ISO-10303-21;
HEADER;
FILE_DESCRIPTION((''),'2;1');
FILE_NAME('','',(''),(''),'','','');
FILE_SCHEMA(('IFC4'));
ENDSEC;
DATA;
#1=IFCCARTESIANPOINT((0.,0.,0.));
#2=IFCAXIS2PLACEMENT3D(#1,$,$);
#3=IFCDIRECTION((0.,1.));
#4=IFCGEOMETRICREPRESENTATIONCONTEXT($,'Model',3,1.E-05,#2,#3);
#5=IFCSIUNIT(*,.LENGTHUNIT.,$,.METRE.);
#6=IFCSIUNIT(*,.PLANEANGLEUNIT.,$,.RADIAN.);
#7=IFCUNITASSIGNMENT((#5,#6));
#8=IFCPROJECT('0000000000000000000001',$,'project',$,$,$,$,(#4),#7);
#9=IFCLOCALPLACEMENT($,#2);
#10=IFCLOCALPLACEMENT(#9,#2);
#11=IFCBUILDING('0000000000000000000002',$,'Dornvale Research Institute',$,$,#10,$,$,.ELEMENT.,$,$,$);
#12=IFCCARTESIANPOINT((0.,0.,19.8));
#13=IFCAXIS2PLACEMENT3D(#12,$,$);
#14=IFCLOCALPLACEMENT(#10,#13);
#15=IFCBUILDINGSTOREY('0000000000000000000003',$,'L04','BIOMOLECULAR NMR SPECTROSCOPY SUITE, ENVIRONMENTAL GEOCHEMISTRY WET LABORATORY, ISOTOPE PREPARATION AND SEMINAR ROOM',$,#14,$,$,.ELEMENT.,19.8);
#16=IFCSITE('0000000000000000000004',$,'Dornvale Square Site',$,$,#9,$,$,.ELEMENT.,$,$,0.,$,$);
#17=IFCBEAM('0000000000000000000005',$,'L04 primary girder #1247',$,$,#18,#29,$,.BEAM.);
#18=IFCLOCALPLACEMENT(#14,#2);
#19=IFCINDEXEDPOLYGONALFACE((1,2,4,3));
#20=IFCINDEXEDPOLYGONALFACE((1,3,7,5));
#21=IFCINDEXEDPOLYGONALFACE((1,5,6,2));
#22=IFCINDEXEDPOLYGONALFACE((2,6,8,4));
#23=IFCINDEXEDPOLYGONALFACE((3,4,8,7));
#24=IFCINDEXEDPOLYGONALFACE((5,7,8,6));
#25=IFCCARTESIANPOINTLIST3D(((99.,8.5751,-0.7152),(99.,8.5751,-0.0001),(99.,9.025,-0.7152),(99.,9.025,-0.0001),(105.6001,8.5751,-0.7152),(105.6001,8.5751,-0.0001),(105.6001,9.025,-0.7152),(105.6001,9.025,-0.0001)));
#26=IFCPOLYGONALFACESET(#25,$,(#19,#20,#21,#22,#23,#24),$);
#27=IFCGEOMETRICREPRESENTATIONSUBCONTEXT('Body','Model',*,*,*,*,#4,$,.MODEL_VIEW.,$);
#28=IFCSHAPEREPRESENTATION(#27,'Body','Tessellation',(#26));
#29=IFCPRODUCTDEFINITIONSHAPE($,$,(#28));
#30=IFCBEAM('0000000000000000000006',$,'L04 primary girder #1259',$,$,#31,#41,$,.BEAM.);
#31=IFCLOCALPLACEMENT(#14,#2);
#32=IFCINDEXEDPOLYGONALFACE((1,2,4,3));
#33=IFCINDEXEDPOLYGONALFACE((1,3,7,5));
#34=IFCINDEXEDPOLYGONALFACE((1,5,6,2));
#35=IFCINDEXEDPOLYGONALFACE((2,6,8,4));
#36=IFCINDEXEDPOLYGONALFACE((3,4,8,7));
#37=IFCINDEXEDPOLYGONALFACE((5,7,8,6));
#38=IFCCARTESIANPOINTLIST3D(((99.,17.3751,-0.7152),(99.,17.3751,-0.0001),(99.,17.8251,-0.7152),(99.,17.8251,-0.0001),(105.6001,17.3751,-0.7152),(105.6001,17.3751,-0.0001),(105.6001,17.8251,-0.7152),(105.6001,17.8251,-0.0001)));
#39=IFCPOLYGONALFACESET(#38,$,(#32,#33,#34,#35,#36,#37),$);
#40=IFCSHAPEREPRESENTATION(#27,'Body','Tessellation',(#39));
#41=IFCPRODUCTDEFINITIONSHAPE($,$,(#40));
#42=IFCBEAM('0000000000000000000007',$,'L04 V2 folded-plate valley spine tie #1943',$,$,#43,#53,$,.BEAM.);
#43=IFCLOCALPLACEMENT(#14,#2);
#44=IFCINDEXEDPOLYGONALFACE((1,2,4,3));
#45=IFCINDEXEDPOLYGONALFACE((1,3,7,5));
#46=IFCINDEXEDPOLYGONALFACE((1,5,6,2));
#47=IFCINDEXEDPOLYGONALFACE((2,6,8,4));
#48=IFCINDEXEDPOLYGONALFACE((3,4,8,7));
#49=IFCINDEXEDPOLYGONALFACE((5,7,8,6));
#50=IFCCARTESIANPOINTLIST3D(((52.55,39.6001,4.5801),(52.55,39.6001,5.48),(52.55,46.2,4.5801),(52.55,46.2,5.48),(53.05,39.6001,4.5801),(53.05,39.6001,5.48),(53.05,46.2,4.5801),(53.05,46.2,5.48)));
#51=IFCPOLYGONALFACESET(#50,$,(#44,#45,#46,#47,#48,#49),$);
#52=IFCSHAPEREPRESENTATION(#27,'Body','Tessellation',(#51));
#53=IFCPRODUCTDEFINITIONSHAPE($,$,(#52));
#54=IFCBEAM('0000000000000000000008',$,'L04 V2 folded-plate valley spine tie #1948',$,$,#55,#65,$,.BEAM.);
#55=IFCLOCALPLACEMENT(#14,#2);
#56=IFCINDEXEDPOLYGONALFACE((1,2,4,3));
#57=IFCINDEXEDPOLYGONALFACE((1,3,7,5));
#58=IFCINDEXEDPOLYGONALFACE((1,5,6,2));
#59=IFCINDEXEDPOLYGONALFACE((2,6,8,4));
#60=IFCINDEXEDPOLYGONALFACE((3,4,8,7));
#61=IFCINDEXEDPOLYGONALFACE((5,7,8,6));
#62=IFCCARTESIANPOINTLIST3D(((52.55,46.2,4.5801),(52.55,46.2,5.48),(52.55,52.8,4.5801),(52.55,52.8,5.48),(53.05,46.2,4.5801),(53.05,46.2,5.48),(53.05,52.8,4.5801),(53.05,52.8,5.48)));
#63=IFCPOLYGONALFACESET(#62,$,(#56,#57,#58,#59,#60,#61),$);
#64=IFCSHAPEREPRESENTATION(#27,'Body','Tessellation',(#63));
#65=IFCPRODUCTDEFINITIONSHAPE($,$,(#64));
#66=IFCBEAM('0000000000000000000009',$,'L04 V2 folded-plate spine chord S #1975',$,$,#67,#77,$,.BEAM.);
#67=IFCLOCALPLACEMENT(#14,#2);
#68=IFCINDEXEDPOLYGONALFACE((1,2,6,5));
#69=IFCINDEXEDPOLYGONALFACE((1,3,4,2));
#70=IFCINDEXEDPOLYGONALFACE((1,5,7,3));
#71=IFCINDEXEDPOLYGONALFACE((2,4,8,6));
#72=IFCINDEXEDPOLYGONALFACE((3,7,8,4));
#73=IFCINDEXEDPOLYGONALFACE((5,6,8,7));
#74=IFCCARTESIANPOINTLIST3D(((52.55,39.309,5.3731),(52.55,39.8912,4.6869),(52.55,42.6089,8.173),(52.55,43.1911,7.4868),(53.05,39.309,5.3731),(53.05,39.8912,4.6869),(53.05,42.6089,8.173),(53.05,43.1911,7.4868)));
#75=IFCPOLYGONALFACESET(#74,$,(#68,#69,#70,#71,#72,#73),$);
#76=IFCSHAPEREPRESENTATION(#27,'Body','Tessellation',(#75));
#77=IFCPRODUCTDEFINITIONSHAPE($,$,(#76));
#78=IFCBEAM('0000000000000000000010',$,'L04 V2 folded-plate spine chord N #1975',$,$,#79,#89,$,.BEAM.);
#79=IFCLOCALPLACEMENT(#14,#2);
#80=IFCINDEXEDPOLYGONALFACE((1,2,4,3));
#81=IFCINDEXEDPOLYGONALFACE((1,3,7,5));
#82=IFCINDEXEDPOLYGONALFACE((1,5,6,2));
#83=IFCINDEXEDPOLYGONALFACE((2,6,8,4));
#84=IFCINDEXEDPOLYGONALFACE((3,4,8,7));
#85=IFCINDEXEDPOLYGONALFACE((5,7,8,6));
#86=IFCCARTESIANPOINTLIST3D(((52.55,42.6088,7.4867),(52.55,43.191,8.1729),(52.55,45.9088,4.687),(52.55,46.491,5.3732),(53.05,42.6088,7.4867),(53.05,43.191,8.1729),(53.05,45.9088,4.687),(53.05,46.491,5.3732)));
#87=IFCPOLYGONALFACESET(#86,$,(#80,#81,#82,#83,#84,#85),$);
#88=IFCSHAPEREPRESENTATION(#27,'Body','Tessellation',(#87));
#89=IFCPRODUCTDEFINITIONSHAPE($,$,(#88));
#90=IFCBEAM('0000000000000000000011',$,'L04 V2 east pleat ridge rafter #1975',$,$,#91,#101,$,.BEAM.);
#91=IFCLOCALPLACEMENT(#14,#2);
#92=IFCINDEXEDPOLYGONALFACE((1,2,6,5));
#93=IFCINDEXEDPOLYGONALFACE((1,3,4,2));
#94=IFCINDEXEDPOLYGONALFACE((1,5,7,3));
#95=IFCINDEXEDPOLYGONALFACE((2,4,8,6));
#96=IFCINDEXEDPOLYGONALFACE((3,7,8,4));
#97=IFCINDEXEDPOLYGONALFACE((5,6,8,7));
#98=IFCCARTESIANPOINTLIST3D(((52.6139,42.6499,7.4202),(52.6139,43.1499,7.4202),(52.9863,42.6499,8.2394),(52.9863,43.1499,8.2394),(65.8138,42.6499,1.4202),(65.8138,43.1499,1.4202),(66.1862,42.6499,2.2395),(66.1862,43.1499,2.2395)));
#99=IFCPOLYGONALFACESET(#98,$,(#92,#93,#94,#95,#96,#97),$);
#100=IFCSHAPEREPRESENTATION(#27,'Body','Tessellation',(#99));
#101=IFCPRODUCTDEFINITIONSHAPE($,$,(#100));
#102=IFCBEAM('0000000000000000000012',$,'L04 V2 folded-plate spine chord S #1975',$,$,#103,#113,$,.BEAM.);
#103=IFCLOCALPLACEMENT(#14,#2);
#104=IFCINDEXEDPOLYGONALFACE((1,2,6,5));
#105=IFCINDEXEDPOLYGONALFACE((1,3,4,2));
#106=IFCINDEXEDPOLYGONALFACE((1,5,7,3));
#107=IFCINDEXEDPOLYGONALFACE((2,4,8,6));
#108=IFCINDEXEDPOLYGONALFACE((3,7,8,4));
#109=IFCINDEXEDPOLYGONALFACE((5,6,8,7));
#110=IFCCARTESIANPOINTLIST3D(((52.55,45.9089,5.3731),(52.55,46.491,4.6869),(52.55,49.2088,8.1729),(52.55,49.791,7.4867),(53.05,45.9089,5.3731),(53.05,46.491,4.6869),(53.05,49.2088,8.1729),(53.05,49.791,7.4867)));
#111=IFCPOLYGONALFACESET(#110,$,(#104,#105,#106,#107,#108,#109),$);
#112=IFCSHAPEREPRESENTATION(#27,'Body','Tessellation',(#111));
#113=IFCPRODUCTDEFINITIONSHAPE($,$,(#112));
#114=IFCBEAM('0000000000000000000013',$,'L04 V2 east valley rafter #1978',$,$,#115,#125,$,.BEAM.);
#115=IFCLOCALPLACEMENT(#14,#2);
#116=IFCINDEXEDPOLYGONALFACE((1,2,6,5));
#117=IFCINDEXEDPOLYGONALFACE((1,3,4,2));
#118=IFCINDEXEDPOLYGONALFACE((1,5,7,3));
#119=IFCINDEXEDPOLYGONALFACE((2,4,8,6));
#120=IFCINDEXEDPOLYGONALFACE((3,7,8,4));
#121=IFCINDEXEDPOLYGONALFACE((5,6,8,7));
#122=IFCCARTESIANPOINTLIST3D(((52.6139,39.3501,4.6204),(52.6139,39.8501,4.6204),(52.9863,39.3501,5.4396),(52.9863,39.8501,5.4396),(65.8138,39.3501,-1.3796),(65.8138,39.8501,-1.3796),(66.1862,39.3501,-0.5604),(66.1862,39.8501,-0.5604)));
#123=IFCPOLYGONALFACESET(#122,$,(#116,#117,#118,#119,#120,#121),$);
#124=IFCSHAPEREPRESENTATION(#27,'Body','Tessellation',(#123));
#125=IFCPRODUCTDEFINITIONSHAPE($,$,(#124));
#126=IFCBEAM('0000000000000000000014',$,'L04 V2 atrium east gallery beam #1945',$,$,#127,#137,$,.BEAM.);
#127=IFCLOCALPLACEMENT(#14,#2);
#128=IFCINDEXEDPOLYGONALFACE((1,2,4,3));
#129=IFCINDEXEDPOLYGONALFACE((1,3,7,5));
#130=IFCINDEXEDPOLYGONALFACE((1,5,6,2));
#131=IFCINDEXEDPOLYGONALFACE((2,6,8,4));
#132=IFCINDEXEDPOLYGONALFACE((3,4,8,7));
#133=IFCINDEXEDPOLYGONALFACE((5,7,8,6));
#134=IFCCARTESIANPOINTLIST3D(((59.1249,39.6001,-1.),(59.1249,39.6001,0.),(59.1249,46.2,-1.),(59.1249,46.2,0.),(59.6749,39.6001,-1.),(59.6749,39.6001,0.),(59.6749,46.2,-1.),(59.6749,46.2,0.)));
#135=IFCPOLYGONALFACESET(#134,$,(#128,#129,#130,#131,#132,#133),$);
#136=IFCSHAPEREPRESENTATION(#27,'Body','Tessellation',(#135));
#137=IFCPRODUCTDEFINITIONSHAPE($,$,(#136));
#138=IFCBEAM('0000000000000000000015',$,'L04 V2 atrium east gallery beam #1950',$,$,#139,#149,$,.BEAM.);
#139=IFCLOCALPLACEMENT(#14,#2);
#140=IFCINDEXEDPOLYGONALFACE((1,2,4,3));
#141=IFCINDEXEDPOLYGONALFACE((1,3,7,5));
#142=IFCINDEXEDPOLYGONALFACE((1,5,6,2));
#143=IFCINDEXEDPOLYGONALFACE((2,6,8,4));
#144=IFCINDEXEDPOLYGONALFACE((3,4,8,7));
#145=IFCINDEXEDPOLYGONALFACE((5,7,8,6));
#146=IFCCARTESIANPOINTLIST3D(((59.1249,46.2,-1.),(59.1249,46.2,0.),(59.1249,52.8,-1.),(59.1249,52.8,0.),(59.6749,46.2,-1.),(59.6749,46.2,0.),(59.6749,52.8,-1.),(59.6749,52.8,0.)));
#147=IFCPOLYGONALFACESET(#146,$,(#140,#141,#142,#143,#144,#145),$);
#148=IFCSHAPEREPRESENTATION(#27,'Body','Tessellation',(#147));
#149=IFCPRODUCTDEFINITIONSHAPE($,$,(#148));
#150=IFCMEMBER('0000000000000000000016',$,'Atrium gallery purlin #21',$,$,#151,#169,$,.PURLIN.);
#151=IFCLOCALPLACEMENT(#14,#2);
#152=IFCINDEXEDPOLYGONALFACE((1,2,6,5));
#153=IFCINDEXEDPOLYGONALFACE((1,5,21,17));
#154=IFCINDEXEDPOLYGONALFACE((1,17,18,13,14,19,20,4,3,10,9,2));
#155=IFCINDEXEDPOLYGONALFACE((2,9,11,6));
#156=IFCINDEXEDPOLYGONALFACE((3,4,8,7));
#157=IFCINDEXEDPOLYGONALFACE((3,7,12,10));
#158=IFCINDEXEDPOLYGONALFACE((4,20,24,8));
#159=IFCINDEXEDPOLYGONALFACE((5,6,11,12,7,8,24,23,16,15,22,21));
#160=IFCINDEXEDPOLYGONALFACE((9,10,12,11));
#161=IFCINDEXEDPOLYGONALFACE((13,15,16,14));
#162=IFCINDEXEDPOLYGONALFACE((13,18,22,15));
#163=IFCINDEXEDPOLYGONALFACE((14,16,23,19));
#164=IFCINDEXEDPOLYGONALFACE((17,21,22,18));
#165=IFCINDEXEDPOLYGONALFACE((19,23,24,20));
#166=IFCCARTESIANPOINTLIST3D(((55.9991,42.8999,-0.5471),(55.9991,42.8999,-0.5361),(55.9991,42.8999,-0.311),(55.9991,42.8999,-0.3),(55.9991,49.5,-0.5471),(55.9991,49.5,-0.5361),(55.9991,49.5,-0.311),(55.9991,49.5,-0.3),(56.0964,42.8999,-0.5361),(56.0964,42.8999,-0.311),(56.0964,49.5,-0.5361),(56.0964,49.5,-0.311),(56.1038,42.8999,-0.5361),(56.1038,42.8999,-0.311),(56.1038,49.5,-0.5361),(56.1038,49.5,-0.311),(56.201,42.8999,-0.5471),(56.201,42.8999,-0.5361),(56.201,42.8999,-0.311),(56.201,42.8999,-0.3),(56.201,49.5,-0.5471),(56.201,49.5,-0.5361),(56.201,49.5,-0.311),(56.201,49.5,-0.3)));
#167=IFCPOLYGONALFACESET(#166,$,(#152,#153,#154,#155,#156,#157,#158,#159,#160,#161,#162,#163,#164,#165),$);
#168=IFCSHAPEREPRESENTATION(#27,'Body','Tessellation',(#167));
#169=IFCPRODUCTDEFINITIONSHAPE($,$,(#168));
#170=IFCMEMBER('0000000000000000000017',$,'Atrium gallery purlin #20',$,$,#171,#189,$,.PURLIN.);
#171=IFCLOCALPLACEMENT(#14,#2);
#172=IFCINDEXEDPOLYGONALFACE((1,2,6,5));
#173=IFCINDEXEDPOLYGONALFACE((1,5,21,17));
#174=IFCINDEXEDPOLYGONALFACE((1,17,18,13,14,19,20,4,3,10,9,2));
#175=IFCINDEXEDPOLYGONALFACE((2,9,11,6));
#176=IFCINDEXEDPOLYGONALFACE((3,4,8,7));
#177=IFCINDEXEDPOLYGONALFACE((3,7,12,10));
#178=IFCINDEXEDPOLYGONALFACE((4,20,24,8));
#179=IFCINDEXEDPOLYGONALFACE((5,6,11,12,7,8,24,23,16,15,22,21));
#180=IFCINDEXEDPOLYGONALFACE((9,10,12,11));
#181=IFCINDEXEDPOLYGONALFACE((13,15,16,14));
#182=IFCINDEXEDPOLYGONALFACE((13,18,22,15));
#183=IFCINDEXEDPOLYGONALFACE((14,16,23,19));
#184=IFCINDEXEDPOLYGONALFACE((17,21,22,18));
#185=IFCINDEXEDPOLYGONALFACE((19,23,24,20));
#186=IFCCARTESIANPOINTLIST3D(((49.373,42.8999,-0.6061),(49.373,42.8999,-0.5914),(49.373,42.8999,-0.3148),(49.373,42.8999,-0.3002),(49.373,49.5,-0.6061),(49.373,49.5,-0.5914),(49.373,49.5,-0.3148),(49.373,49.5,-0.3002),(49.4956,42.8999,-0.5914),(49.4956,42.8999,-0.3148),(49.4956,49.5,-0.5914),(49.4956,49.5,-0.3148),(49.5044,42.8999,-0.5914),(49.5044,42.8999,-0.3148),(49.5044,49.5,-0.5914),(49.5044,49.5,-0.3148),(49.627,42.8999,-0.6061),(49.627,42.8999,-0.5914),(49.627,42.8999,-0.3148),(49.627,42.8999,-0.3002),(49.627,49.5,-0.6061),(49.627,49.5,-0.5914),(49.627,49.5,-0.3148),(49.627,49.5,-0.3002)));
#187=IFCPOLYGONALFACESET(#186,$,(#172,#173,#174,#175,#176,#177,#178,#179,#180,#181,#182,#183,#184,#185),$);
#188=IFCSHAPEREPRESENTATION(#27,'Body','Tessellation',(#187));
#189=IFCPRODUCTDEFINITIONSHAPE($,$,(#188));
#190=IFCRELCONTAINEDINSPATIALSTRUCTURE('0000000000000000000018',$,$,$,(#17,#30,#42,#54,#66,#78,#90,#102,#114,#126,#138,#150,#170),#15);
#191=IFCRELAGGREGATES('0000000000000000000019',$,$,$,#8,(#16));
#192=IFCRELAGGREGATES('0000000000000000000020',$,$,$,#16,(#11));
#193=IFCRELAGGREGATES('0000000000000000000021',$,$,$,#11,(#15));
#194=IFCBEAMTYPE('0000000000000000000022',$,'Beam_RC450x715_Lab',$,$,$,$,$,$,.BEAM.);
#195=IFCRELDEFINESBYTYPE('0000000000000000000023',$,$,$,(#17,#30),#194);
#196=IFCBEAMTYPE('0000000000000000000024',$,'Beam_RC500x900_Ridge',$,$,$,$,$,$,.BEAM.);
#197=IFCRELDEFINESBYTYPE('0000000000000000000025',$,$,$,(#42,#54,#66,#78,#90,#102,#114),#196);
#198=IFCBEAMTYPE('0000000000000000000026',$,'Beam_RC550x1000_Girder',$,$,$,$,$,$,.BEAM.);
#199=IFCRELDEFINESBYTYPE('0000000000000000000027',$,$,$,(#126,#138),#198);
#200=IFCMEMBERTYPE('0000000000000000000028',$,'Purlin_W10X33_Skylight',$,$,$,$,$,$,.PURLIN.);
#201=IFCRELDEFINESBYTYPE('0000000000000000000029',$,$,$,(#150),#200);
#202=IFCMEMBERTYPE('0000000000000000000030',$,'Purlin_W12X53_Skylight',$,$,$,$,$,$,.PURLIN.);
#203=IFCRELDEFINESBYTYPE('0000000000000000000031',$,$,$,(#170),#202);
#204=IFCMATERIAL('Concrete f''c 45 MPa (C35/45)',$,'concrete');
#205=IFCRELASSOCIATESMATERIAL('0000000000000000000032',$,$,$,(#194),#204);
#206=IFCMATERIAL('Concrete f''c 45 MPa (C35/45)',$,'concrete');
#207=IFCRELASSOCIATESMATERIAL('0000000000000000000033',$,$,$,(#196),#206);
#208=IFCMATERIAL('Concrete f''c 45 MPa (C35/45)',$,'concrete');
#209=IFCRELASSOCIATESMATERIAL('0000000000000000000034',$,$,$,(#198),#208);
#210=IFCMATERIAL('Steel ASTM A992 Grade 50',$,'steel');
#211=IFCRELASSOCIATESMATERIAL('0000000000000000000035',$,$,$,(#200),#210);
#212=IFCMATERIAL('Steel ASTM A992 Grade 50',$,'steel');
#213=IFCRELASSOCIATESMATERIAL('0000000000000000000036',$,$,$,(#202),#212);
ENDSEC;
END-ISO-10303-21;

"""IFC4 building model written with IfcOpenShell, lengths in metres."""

from ifc_helpers import new_model, si_unit, direction, frame, origin, origin_2d, place, context, subcontext, project, spatial, rectangle, i_section, extrude, material, material_profile, profile_set, type_object, element, save


model = new_model("IFC4")

# Units and contexts
model_context = context("Model", 3, precision=1e-05, world=origin(), true_north=direction((0.0, 1.0)))
body_context = subcontext(model_context, "Body", "Model", "MODEL_VIEW")
ifc_project = project(units=[si_unit("LENGTHUNIT", "METRE"), si_unit("PLANEANGLEUNIT", "RADIAN")], contexts=[model_context])

# Site, building, storey
site_placement = place(None, origin())
site = spatial("IfcSite", under=ifc_project, at=site_placement, Name="Dornvale Square Site", CompositionType="ELEMENT", RefElevation=0.0)
building_placement = place(site_placement, origin())
building = spatial("IfcBuilding", under=site, at=building_placement, Name="Dornvale Research Institute", CompositionType="ELEMENT")
storey_placement = place(building_placement, frame((0.0, 0.0, 19.8)))
storey = spatial("IfcBuildingStorey", under=building, at=storey_placement, Name="L04", Description="BIOMOLECULAR NMR SPECTROSCOPY SUITE, ENVIRONMENTAL GEOCHEMISTRY WET LABORATORY, ISOTOPE PREPARATION AND SEMINAR ROOM", CompositionType="ELEMENT", Elevation=19.8)

# Beams
ifc_material_1 = material(Name="Concrete f'c 45 MPa (C35/45)", Category="concrete")
ifc_material_profile_1 = material_profile(ifc_material_1, rectangle(XDim=0.45, YDim=0.7151, at=origin_2d()), Name="RC 450x715")
ifc_profile_set_1 = profile_set([ifc_material_profile_1], Name="Concrete f'c 45 MPa (C35/45)")
beam_type_1 = type_object("IfcBeamType", Name="Beam_RC450x715_Lab", PredefinedType="BEAM", material=ifc_profile_set_1)
for number, where, z_axis, x_axis, name in (
    (1, (99.0, 8.8, -0.3577), (1.0, 0.0, 0.0), (0.0, 1.0, 0.0), "L04 primary girder #1247"),
    (2, (99.0, 17.6001, -0.3577), (1.0, 0.0, 0.0), (0.0, 1.0, 0.0), "L04 primary girder #1259"),
):
    element("IfcBeam", number, at=place(storey_placement, frame(where, z_axis=z_axis, x_axis=x_axis)), inside=storey, type_object=beam_type_1, Name=name, PredefinedType="BEAM", context=body_context, shape_type="SweptSolid", body=[
        extrude(rectangle(XDim=0.45, YDim=0.7151, at=origin_2d()), origin(), (0.0, 0.0, 1.0), 6.6001),
    ])
ifc_material_2 = material(Name="Concrete f'c 45 MPa (C35/45)", Category="concrete")
ifc_material_profile_2 = material_profile(ifc_material_2, rectangle(XDim=0.5, YDim=0.8999, at=origin_2d()), Name="RC 500x900")
ifc_profile_set_2 = profile_set([ifc_material_profile_2], Name="Concrete f'c 45 MPa (C35/45)")
beam_type_2 = type_object("IfcBeamType", Name="Beam_RC500x900_Ridge", PredefinedType="BEAM", material=ifc_profile_set_2)
beam_1_placement = place(storey_placement, frame((52.8, 39.6001, 5.03), z_axis=(0.0, 1.0, 0.0), x_axis=(-1.0, 0.0, 0.0)))
element("IfcBeam", 3, at=beam_1_placement, inside=storey, type_object=beam_type_2, Name="L04 V2 folded-plate valley spine tie #1943", PredefinedType="BEAM", context=body_context, shape_type="SweptSolid", body=[
    extrude(rectangle(XDim=0.5, YDim=0.8999, at=origin_2d()), origin(), (0.0, 0.0, 1.0), 6.5999),
])
beam_2_placement = place(storey_placement, frame((52.8, 46.2, 5.03), z_axis=(0.0, 1.0, 0.0), x_axis=(-1.0, 0.0, 0.0)))
element("IfcBeam", 4, at=beam_2_placement, inside=storey, type_object=beam_type_2, Name="L04 V2 folded-plate valley spine tie #1948", PredefinedType="BEAM", context=body_context, shape_type="SweptSolid", body=[
    extrude(rectangle(XDim=0.5, YDim=0.8999, at=origin_2d()), origin(), (0.0, 0.0, 1.0), 6.6001),
])
for number, where, z_axis, x_axis, name in (
    (5, (52.8, 39.6001, 5.03), (0.0, 0.762513, 0.646973), (-1.0, 0.0, 0.0), "L04 V2 folded-plate spine chord S #1975"),
    (6, (52.8, 42.8999, 7.8298), (0.0, 0.762536, -0.646946), (-1.0, 0.0, 0.0), "L04 V2 folded-plate spine chord N #1975"),
):
    element("IfcBeam", number, at=place(storey_placement, frame(where, z_axis=z_axis, x_axis=x_axis)), inside=storey, type_object=beam_type_2, Name=name, PredefinedType="BEAM", context=body_context, shape_type="SweptSolid", body=[
        extrude(rectangle(XDim=0.5, YDim=0.8999, at=origin_2d()), origin(), (0.0, 0.0, 1.0), 4.3276),
    ])
beam_3_placement = place(storey_placement, frame((66.0, 42.8999, 1.8298), z_axis=(-0.910366, 0.0, 0.413804), x_axis=(0.0, -1.0, 0.0)))
element("IfcBeam", 7, at=beam_3_placement, inside=storey, type_object=beam_type_2, Name="L04 V2 east pleat ridge rafter #1975", PredefinedType="BEAM", context=body_context, shape_type="SweptSolid", body=[
    extrude(rectangle(XDim=0.5, YDim=0.8999, at=origin_2d()), origin(), (0.0, 0.0, 1.0), 14.4995),
])
beam_4_placement = place(storey_placement, frame((52.8, 46.2, 5.03), z_axis=(0.0, 0.762536, 0.646946), x_axis=(-1.0, 0.0, 0.0)))
element("IfcBeam", 8, at=beam_4_placement, inside=storey, type_object=beam_type_2, Name="L04 V2 folded-plate spine chord S #1975", PredefinedType="BEAM", context=body_context, shape_type="SweptSolid", body=[
    extrude(rectangle(XDim=0.5, YDim=0.8999, at=origin_2d()), origin(), (0.0, 0.0, 1.0), 4.3276),
])
beam_5_placement = place(storey_placement, frame((66.0, 39.6001, -0.97), z_axis=(-0.910366, 0.0, 0.413804), x_axis=(0.0, -1.0, 0.0)))
element("IfcBeam", 9, at=beam_5_placement, inside=storey, type_object=beam_type_2, Name="L04 V2 east valley rafter #1978", PredefinedType="BEAM", context=body_context, shape_type="SweptSolid", body=[
    extrude(rectangle(XDim=0.5, YDim=0.8999, at=origin_2d()), origin(), (0.0, 0.0, 1.0), 14.4995),
])
ifc_material_3 = material(Name="Concrete f'c 45 MPa (C35/45)", Category="concrete")
ifc_material_profile_3 = material_profile(ifc_material_3, rectangle(XDim=0.55, YDim=1.0, at=origin_2d()), Name="RC 550x1000")
ifc_profile_set_3 = profile_set([ifc_material_profile_3], Name="Concrete f'c 45 MPa (C35/45)")
beam_type_3 = type_object("IfcBeamType", Name="Beam_RC550x1000_Girder", PredefinedType="BEAM", material=ifc_profile_set_3)
beam_6_placement = place(storey_placement, frame((59.3999, 39.6001, -0.5), z_axis=(0.0, 1.0, 0.0), x_axis=(-1.0, 0.0, 0.0)))
element("IfcBeam", 10, at=beam_6_placement, inside=storey, type_object=beam_type_3, Name="L04 V2 atrium east gallery beam #1945", PredefinedType="BEAM", context=body_context, shape_type="SweptSolid", body=[
    extrude(rectangle(XDim=0.55, YDim=1.0, at=origin_2d()), origin(), (0.0, 0.0, 1.0), 6.5999),
])
beam_7_placement = place(storey_placement, frame((59.3999, 46.2, -0.5), z_axis=(0.0, 1.0, 0.0), x_axis=(-1.0, 0.0, 0.0)))
element("IfcBeam", 11, at=beam_7_placement, inside=storey, type_object=beam_type_3, Name="L04 V2 atrium east gallery beam #1950", PredefinedType="BEAM", context=body_context, shape_type="SweptSolid", body=[
    extrude(rectangle(XDim=0.55, YDim=1.0, at=origin_2d()), origin(), (0.0, 0.0, 1.0), 6.6001),
])

# Members
ifc_material_4 = material(Name="Steel ASTM A992 Grade 50", Category="steel")
ifc_material_profile_4 = material_profile(ifc_material_4, i_section(OverallWidth=0.2019, OverallDepth=0.2471, WebThickness=0.0073, FlangeThickness=0.011, at=origin_2d()), Name="W10X33")
ifc_profile_set_4 = profile_set([ifc_material_profile_4], Name="Steel ASTM A992 Grade 50")
member_type_1 = type_object("IfcMemberType", Name="Purlin_W10X33_Skylight", PredefinedType="PURLIN", material=ifc_profile_set_4)
member_1_placement = place(storey_placement, frame((56.1001, 42.8999, -0.4236), z_axis=(0.0, 1.0, 0.0), x_axis=(-1.0, 0.0, 0.0)))
element("IfcMember", 12, at=member_1_placement, inside=storey, type_object=member_type_1, Name="Atrium gallery purlin #21", PredefinedType="PURLIN", context=body_context, shape_type="SweptSolid", body=[
    extrude(i_section(OverallWidth=0.2019, OverallDepth=0.2471, WebThickness=0.0073, FlangeThickness=0.011, at=origin_2d()), origin(), (0.0, 0.0, 1.0), 6.6001),
])
ifc_material_5 = material(Name="Steel ASTM A992 Grade 50", Category="steel")
ifc_material_profile_5 = material_profile(ifc_material_5, i_section(OverallWidth=0.2539, OverallDepth=0.3059, WebThickness=0.0088, FlangeThickness=0.0146, at=origin_2d()), Name="W12X53")
ifc_profile_set_5 = profile_set([ifc_material_profile_5], Name="Steel ASTM A992 Grade 50")
member_type_2 = type_object("IfcMemberType", Name="Purlin_W12X53_Skylight", PredefinedType="PURLIN", material=ifc_profile_set_5)
member_2_placement = place(storey_placement, frame((49.5, 42.8999, -0.4531), z_axis=(0.0, 1.0, 0.0), x_axis=(-1.0, 0.0, 0.0)))
element("IfcMember", 13, at=member_2_placement, inside=storey, type_object=member_type_2, Name="Atrium gallery purlin #20", PredefinedType="PURLIN", context=body_context, shape_type="SweptSolid", body=[
    extrude(i_section(OverallWidth=0.2539, OverallDepth=0.3059, WebThickness=0.0088, FlangeThickness=0.0146, at=origin_2d()), origin(), (0.0, 0.0, 1.0), 6.6001),
])

save(model, "model.ifc")
